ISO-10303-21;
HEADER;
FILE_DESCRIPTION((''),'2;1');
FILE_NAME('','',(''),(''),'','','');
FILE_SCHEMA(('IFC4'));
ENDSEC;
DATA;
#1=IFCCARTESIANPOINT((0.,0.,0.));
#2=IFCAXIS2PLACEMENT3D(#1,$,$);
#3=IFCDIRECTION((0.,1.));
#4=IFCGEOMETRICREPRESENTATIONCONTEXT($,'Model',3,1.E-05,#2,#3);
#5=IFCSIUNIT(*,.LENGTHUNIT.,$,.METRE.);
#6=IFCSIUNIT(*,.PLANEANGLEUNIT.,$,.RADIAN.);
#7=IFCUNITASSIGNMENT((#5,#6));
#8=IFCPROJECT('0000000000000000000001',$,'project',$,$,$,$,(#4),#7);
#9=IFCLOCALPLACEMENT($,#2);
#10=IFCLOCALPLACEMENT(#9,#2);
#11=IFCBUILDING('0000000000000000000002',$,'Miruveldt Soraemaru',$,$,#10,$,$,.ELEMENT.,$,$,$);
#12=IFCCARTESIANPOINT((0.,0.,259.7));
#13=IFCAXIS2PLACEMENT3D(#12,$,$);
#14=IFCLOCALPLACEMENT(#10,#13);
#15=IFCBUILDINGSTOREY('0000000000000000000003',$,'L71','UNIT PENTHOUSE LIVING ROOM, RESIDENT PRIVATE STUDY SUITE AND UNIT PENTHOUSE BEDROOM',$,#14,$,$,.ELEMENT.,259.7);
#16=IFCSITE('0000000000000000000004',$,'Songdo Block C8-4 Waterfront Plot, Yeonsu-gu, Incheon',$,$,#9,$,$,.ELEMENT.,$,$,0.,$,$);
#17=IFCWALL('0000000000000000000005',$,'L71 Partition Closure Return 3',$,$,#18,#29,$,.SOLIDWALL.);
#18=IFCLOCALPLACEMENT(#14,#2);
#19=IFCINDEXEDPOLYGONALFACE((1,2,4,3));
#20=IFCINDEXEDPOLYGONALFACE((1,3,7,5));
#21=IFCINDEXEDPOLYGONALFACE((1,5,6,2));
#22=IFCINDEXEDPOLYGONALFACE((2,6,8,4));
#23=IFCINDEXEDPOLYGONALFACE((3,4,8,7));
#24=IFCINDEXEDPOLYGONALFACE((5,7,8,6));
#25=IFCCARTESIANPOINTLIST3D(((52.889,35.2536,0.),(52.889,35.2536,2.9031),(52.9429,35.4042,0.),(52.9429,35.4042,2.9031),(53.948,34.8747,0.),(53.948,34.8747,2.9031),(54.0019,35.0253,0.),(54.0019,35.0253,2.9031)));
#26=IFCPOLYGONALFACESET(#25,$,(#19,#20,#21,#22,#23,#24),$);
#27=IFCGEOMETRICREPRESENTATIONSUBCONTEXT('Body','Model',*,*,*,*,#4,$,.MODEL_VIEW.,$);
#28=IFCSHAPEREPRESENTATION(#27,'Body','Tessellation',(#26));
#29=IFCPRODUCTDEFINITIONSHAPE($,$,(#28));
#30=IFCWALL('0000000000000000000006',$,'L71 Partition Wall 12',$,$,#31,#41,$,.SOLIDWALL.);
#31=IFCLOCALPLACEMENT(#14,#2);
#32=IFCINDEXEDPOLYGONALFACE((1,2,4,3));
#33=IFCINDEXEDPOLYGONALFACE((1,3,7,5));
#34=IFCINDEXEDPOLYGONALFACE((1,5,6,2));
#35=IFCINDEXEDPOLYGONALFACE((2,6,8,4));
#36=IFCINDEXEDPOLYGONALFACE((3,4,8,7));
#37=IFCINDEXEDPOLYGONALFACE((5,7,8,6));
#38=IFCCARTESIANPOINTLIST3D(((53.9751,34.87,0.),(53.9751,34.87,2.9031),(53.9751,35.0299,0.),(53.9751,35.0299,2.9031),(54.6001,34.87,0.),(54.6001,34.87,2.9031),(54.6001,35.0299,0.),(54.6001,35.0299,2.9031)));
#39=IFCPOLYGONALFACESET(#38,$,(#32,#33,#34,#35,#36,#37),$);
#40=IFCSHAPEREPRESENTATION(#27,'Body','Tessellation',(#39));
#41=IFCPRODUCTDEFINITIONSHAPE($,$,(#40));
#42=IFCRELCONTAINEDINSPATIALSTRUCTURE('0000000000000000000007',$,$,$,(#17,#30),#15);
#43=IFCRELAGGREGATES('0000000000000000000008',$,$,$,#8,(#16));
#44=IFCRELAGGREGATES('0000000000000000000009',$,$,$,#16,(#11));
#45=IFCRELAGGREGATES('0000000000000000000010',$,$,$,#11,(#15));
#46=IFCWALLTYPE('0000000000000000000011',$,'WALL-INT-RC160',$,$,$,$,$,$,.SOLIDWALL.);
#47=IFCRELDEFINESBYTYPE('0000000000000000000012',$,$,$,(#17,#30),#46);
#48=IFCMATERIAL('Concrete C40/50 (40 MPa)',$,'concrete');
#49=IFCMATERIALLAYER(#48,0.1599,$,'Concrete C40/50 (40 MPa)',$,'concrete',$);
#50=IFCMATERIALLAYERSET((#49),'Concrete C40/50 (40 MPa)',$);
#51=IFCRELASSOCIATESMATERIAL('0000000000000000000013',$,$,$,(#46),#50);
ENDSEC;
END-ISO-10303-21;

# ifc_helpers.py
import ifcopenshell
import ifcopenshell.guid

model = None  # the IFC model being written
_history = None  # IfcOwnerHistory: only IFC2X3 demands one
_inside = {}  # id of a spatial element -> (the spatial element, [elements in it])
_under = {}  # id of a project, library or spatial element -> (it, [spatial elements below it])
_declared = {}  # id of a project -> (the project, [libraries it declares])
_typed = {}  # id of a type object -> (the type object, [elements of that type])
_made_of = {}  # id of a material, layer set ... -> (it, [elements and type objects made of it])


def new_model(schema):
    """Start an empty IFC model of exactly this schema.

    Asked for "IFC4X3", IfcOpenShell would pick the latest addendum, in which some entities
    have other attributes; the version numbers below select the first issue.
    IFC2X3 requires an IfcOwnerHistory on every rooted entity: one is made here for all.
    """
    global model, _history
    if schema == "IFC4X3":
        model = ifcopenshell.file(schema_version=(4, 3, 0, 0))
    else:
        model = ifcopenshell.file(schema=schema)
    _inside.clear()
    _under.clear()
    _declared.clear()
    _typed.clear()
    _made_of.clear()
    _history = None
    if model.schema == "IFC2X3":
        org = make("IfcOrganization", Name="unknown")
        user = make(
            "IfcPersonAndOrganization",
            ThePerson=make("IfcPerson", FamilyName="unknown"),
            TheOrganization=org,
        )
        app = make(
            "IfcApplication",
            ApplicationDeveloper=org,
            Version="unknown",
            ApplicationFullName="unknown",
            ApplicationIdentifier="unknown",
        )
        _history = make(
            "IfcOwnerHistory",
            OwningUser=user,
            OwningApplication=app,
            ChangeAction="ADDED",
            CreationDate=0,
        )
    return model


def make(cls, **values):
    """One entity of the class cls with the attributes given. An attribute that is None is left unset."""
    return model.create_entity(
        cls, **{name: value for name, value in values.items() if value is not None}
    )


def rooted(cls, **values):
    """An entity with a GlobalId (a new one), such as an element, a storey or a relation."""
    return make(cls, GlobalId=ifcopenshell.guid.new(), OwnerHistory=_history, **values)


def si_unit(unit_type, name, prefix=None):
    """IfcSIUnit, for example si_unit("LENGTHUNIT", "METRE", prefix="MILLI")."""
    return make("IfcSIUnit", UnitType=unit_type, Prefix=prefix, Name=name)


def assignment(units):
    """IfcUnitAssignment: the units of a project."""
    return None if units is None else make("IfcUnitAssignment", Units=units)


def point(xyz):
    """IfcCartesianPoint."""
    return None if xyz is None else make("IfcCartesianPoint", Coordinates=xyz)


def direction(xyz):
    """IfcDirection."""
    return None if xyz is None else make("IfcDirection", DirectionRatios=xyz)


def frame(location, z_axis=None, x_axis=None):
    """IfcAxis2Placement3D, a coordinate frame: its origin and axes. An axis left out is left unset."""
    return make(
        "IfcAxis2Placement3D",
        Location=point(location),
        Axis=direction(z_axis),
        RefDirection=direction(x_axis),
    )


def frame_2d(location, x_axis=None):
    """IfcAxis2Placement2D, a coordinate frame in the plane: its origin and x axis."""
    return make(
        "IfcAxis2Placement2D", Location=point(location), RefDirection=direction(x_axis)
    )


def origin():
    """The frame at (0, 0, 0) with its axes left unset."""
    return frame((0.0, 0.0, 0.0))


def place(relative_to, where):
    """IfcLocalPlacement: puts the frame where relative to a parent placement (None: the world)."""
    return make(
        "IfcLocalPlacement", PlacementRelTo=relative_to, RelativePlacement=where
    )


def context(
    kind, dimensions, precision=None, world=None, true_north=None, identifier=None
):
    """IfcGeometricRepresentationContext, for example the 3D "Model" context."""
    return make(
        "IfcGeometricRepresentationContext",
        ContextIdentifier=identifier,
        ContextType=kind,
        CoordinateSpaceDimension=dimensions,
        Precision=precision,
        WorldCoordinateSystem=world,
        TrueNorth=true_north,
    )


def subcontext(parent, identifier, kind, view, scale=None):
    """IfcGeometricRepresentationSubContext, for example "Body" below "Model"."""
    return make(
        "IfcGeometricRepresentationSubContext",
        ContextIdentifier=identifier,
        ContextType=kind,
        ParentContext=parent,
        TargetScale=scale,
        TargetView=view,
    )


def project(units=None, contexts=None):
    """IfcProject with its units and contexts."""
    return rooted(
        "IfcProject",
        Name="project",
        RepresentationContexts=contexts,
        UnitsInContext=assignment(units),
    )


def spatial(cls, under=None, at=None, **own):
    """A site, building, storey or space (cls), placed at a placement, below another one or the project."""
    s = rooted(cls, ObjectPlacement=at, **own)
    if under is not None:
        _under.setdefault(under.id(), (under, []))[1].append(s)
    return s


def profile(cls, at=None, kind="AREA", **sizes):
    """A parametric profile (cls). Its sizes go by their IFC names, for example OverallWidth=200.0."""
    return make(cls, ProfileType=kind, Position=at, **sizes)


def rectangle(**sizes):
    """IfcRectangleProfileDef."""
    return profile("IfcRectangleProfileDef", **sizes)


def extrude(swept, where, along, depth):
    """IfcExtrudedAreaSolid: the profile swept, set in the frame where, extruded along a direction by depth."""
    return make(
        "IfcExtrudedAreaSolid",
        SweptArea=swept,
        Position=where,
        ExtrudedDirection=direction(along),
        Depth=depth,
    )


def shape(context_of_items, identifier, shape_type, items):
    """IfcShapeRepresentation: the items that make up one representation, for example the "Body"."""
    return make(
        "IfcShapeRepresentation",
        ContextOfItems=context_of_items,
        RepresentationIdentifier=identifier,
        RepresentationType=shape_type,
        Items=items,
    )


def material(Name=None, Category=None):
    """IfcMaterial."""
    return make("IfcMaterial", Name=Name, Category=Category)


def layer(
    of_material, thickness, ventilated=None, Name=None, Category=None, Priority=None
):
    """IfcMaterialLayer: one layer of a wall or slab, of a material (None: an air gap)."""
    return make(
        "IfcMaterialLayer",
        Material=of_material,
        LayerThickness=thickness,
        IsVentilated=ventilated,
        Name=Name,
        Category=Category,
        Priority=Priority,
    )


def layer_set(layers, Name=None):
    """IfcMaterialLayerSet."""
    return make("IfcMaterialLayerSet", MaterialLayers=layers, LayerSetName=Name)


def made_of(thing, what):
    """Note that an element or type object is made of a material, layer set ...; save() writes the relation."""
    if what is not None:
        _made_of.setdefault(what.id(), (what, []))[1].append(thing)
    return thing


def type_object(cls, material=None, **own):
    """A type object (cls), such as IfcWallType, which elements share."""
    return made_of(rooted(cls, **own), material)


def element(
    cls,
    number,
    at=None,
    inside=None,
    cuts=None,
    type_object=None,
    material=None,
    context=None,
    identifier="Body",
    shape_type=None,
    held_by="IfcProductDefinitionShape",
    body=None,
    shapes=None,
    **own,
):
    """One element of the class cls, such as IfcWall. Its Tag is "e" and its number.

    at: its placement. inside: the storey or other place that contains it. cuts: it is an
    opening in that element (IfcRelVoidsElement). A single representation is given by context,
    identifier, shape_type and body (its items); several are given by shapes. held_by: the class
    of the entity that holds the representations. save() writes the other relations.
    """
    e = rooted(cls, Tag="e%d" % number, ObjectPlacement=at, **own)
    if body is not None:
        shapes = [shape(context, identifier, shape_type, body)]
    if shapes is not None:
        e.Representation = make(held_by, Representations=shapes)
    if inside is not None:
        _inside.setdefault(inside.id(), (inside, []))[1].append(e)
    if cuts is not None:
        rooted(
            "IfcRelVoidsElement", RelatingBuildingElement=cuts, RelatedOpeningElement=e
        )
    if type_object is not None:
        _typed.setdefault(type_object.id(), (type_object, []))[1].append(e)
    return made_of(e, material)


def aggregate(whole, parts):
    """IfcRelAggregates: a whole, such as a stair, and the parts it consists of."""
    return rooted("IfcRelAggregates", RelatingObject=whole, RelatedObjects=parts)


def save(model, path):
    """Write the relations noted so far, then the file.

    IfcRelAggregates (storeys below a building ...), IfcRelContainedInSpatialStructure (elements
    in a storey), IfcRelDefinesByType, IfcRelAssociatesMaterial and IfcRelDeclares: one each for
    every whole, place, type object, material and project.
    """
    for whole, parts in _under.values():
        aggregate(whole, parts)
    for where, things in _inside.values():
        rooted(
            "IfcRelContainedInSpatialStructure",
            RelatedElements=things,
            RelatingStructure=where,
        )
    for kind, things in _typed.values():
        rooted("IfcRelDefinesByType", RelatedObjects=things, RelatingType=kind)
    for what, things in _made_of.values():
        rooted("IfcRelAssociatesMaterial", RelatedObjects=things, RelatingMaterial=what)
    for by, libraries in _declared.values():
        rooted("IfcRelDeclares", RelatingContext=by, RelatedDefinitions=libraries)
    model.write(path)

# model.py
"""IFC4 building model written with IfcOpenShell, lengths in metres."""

from ifc_helpers import new_model, si_unit, direction, frame, frame_2d, origin, place, context, subcontext, project, spatial, rectangle, extrude, material, layer, layer_set, type_object, element, save


model = new_model("IFC4")

# Units and contexts
model_context = context("Model", 3, precision=1e-05, world=origin(), true_north=direction((0.0, 1.0)))
body_context = subcontext(model_context, "Body", "Model", "MODEL_VIEW")
ifc_project = project(units=[si_unit("LENGTHUNIT", "METRE"), si_unit("PLANEANGLEUNIT", "RADIAN")], contexts=[model_context])

# Site, building, storey
site_placement = place(None, origin())
site = spatial("IfcSite", under=ifc_project, at=site_placement, Name="Songdo Block C8-4 Waterfront Plot, Yeonsu-gu, Incheon", CompositionType="ELEMENT", RefElevation=0.0)
building_placement = place(site_placement, origin())
building = spatial("IfcBuilding", under=site, at=building_placement, Name="Miruveldt Soraemaru", CompositionType="ELEMENT")
storey_placement = place(building_placement, frame((0.0, 0.0, 259.7)))
storey = spatial("IfcBuildingStorey", under=building, at=storey_placement, Name="L71", Description="UNIT PENTHOUSE LIVING ROOM, RESIDENT PRIVATE STUDY SUITE AND UNIT PENTHOUSE BEDROOM", CompositionType="ELEMENT", Elevation=259.7)

# Walls
ifc_material_1 = material(Name="Concrete C40/50 (40 MPa)", Category="concrete")
ifc_layer_1 = layer(ifc_material_1, 0.1599, Name="Concrete C40/50 (40 MPa)", Category="concrete")
ifc_layer_set_1 = layer_set([ifc_layer_1], Name="Concrete C40/50 (40 MPa)")
wall_type_1 = type_object("IfcWallType", Name="WALL-INT-RC160", PredefinedType="SOLIDWALL", material=ifc_layer_set_1)
wall_1_placement = place(storey_placement, frame((53.9751, 34.95, 0.0), z_axis=(0.0, 0.0, 1.0), x_axis=(-0.941555, 0.336859, 0.0)))
element("IfcWall", 1, at=wall_1_placement, inside=storey, type_object=wall_type_1, Name="L71 Partition Closure Return 3", PredefinedType="SOLIDWALL", context=body_context, shape_type="SweptSolid", body=[
    extrude(rectangle(XDim=1.1248, YDim=0.1599, at=frame_2d((0.5625, 0.0))), origin(), (0.0, 0.0, 1.0), 2.9031),
])
wall_2_placement = place(storey_placement, frame((54.6001, 34.95, 0.0), z_axis=(0.0, 0.0, 1.0), x_axis=(-1.0, 0.0, 0.0)))
element("IfcWall", 2, at=wall_2_placement, inside=storey, type_object=wall_type_1, Name="L71 Partition Wall 12", PredefinedType="SOLIDWALL", context=body_context, shape_type="SweptSolid", body=[
    extrude(rectangle(XDim=0.625, YDim=0.1599, at=frame_2d((0.3125, 0.0))), origin(), (0.0, 0.0, 1.0), 2.9031),
])

save(model, "model.ifc")
